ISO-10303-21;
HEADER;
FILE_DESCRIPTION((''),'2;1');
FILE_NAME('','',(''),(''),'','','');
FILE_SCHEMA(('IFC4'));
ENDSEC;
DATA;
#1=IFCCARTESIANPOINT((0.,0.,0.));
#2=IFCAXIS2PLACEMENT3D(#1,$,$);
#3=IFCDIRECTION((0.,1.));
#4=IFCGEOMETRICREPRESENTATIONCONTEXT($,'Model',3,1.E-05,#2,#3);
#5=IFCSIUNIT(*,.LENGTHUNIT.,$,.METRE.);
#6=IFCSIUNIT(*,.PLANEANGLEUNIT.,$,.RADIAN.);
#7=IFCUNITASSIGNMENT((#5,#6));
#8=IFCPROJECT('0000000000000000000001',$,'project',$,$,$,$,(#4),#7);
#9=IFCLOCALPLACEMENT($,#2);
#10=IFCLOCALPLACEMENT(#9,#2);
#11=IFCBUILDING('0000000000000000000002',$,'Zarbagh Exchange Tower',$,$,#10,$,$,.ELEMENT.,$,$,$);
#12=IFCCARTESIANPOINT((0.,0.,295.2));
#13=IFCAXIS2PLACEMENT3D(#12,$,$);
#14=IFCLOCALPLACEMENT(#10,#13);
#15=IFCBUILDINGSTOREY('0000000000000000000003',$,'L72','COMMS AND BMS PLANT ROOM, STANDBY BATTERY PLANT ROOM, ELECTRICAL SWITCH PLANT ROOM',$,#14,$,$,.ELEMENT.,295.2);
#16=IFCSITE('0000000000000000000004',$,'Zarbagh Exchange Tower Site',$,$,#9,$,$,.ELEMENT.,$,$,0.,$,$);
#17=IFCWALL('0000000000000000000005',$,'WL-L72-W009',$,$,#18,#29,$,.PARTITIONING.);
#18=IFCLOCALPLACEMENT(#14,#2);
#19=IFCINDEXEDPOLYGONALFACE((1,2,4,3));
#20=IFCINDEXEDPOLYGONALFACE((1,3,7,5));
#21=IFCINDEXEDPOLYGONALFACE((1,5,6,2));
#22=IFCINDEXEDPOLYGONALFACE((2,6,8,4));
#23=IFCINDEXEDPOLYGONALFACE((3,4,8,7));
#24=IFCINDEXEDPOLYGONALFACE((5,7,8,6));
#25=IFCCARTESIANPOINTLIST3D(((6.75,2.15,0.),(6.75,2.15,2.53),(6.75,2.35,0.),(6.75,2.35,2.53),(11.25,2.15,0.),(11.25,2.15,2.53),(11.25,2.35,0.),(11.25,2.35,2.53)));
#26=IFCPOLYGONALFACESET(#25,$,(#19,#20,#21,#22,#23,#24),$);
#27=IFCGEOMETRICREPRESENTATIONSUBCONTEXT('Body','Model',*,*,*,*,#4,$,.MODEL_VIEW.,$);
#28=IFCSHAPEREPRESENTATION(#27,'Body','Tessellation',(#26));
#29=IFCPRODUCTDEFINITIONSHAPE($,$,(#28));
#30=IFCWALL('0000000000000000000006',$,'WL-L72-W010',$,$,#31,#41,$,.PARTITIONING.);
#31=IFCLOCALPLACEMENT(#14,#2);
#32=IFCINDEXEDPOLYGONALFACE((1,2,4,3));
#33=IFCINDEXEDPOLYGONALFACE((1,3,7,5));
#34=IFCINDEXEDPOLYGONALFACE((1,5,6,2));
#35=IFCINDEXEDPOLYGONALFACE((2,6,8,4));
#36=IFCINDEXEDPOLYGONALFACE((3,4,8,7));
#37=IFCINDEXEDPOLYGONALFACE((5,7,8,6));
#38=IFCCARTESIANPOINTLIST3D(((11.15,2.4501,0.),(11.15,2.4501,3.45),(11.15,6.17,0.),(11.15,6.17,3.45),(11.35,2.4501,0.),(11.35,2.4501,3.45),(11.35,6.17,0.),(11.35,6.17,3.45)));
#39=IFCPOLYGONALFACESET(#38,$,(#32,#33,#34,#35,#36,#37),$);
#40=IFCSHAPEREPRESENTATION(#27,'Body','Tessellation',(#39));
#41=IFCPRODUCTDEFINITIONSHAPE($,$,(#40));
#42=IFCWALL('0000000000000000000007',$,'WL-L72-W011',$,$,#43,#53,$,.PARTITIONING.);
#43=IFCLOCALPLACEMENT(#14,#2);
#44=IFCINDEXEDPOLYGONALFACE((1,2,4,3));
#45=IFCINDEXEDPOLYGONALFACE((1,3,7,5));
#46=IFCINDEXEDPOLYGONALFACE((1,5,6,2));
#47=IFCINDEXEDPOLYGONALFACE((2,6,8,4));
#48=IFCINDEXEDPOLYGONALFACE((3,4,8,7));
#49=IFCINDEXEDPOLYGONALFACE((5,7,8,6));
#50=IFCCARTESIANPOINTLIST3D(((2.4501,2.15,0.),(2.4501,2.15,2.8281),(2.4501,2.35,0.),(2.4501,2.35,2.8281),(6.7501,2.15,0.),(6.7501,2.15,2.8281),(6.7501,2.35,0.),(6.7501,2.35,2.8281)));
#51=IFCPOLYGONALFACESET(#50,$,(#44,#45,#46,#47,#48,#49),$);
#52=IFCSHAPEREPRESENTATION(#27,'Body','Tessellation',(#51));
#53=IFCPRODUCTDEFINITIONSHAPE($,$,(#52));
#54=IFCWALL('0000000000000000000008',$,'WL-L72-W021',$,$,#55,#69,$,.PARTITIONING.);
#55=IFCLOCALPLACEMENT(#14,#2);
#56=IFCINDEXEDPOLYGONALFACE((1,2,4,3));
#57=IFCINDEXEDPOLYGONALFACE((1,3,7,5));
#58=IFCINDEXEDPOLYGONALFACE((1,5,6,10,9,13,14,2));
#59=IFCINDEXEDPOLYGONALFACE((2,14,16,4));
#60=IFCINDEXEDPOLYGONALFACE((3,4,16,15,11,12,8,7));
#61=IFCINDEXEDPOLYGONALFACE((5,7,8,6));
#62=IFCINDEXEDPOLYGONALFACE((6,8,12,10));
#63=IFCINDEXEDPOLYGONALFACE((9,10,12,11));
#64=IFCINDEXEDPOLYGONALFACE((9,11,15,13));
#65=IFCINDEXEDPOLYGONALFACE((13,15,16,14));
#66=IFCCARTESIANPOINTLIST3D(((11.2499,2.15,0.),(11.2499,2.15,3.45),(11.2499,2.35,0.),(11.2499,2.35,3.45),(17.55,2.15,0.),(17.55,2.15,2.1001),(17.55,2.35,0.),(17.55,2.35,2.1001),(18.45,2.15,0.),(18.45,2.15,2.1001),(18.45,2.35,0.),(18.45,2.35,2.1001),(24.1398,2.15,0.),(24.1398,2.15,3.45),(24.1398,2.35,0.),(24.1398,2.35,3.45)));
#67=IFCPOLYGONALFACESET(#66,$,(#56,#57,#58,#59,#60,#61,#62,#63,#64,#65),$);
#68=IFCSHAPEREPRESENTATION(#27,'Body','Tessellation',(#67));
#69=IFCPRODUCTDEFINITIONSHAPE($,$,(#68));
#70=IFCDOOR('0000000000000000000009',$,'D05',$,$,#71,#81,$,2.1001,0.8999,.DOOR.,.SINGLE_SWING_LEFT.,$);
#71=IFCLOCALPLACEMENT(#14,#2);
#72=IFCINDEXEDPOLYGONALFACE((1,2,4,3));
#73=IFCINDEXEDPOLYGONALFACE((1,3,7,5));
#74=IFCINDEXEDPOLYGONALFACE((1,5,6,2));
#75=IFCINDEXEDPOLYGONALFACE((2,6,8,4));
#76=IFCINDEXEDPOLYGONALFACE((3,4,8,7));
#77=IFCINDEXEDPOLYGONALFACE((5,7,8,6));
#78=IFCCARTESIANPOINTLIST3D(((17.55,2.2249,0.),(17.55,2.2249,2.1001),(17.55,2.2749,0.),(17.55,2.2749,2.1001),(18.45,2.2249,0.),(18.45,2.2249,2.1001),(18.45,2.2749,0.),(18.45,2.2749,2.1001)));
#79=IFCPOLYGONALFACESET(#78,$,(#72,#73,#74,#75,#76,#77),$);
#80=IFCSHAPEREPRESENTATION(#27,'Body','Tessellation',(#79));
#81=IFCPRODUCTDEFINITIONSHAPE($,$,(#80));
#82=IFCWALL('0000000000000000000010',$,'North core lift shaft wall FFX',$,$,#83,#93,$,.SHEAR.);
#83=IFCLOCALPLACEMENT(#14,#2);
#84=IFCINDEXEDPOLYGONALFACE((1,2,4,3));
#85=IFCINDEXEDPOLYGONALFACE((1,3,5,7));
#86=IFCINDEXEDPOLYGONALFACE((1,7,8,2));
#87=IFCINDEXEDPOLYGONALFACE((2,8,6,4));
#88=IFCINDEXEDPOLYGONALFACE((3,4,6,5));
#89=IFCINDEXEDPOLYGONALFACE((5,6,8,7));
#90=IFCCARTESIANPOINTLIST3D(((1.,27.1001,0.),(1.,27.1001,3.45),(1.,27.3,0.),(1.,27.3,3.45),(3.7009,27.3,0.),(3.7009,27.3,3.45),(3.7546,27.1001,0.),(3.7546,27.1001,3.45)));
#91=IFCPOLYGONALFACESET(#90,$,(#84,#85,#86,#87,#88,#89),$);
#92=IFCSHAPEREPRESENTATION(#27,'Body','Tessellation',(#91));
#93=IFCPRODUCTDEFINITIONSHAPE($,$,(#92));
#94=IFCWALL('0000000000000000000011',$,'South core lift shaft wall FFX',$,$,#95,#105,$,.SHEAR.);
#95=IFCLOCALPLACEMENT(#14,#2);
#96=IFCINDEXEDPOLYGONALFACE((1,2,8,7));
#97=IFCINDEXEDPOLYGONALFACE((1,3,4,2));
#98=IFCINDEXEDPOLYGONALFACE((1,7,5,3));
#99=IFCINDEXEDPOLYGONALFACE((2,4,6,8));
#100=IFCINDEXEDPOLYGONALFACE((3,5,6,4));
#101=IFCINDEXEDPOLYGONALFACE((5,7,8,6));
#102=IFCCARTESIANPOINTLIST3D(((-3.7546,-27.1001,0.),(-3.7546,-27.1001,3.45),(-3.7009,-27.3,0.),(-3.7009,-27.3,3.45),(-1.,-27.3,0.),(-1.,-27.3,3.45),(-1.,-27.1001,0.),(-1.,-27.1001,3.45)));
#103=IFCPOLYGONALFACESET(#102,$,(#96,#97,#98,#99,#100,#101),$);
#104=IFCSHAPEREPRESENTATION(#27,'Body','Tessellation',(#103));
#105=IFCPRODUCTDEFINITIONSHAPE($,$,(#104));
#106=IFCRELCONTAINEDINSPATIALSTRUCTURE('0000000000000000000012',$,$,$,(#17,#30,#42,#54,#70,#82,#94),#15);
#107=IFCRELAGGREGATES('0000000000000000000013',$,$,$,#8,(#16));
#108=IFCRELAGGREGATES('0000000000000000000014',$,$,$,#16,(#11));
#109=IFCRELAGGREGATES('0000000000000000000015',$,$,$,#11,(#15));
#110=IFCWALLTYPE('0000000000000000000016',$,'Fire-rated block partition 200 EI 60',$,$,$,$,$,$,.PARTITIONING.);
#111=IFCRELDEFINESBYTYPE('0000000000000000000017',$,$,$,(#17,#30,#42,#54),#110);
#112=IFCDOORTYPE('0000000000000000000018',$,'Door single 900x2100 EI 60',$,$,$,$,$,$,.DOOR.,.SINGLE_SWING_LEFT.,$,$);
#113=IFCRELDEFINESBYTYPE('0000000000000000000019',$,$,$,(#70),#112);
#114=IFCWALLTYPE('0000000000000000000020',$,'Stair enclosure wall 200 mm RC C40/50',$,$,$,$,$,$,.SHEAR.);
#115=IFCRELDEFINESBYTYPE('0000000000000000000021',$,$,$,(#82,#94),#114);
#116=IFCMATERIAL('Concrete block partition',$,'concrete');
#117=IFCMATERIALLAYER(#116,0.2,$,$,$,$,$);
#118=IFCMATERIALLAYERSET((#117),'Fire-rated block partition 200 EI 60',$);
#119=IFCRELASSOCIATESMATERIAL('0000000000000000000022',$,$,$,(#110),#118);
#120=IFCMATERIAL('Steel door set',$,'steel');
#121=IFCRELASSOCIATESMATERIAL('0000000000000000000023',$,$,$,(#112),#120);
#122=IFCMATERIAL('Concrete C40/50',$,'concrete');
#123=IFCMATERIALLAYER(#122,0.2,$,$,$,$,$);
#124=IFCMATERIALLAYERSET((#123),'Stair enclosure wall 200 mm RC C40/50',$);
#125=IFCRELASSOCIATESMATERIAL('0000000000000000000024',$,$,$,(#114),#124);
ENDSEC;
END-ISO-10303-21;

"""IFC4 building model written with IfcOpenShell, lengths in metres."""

from ifc_helpers import new_model, si_unit, direction, frame, frame_2d, origin, place, context, subcontext, project, spatial, polyline, rectangle, outline, extrude, material, layer, layer_set, type_object, element, fill, save


model = new_model("IFC4")

# Units and contexts
model_context = context("Model", 3, precision=1e-05, world=origin(), true_north=direction((0.0, 1.0)))
body_context = subcontext(model_context, "Body", "Model", "MODEL_VIEW")
ifc_project = project(units=[si_unit("LENGTHUNIT", "METRE"), si_unit("PLANEANGLEUNIT", "RADIAN")], contexts=[model_context])

# Site, building, storey
site_placement = place(None, origin())
site = spatial("IfcSite", under=ifc_project, at=site_placement, Name="Zarbagh Exchange Tower Site", CompositionType="ELEMENT", RefElevation=0.0)
building_placement = place(site_placement, origin())
building = spatial("IfcBuilding", under=site, at=building_placement, Name="Zarbagh Exchange Tower", CompositionType="ELEMENT")
storey_placement = place(building_placement, frame((0.0, 0.0, 295.2)))
storey = spatial("IfcBuildingStorey", under=building, at=storey_placement, Name="L72", Description="COMMS AND BMS PLANT ROOM, STANDBY BATTERY PLANT ROOM, ELECTRICAL SWITCH PLANT ROOM", CompositionType="ELEMENT", Elevation=295.2)

# Shared definitions
ifc_material_1 = material(Name="Concrete C40/50", Category="concrete")

# Walls
ifc_material_2 = material(Name="Concrete block partition", Category="concrete")
ifc_layer_1 = layer(ifc_material_2, 0.2)
ifc_layer_set_1 = layer_set([ifc_layer_1], Name="Fire-rated block partition 200 EI 60")
wall_type_1 = type_object("IfcWallType", Name="Fire-rated block partition 200 EI 60", PredefinedType="PARTITIONING", material=ifc_layer_set_1)
wall_1_placement = place(storey_placement, frame((11.25, 2.25, 0.0), z_axis=(0.0, 0.0, 1.0), x_axis=(-1.0, 0.0, 0.0)))
element("IfcWall", 1, at=wall_1_placement, inside=storey, type_object=wall_type_1, Name="WL-L72-W009", PredefinedType="PARTITIONING", context=body_context, shape_type="SweptSolid", body=[
    extrude(rectangle(XDim=4.5, YDim=0.2, at=frame_2d((2.25, 0.0))), origin(), (0.0, 0.0, 1.0), 2.53),
])
wall_2_placement = place(storey_placement, frame((11.25, 6.1699, 0.0), z_axis=(0.0, 0.0, 1.0), x_axis=(0.0, -1.0, 0.0)))
element("IfcWall", 2, at=wall_2_placement, inside=storey, type_object=wall_type_1, Name="WL-L72-W010", PredefinedType="PARTITIONING", context=body_context, shape_type="SweptSolid", body=[
    extrude(rectangle(XDim=3.72, YDim=0.2, at=frame_2d((1.8599, 0.0))), origin(), (0.0, 0.0, 1.0), 3.45),
])
wall_3_placement = place(storey_placement, frame((6.75, 2.25, 0.0), z_axis=(0.0, 0.0, 1.0), x_axis=(-1.0, 0.0, 0.0)))
element("IfcWall", 3, at=wall_3_placement, inside=storey, type_object=wall_type_1, Name="WL-L72-W011", PredefinedType="PARTITIONING", context=body_context, shape_type="SweptSolid", body=[
    extrude(rectangle(XDim=4.3, YDim=0.2, at=frame_2d((2.1499, 0.0))), origin(), (0.0, 0.0, 1.0), 2.8281),
])

# Wall, opening, door
wall_4_placement = place(storey_placement, frame((11.25, 2.25, 0.0), z_axis=(0.0, 0.0, 1.0), x_axis=(1.0, 0.0, 0.0)))
wall_4 = element("IfcWall", 4, at=wall_4_placement, inside=storey, type_object=wall_type_1, Name="WL-L72-W021", PredefinedType="PARTITIONING", context=body_context, shape_type="SweptSolid", body=[
    extrude(rectangle(XDim=12.8899, YDim=0.2, at=frame_2d((6.4448, 0.0))), origin(), (0.0, 0.0, 1.0), 3.45),
])
opening_placement = place(wall_4_placement, frame((6.3, 0.0, 0.0)))
opening = element("IfcOpeningElement", 5, at=opening_placement, cuts=wall_4, PredefinedType="OPENING", context=body_context, shape_type="SweptSolid", body=[
    extrude(rectangle(XDim=0.8999, YDim=2.1001, at=frame_2d((0.45, 1.05))), frame((0.0, 0.1099, 0.0), z_axis=(0.0, -1.0, 0.0), x_axis=(1.0, 0.0, 0.0)), (0.0, 0.0, 1.0), 0.22),
])
ifc_material_3 = material(Name="Steel door set", Category="steel")
door_type = type_object("IfcDoorType", Name="Door single 900x2100 EI 60", OperationType="SINGLE_SWING_LEFT", PredefinedType="DOOR", material=ifc_material_3)
door_placement = place(opening_placement, origin())
door = element("IfcDoor", 6, at=door_placement, inside=storey, type_object=door_type, Name="D05", OperationType="SINGLE_SWING_LEFT", OverallHeight=2.1001, OverallWidth=0.8999, PredefinedType="DOOR", context=body_context, shape_type="SweptSolid", body=[
    extrude(rectangle(XDim=0.8999, YDim=2.1001, at=frame_2d((0.45, 1.05))), frame((0.0, 0.0249, 0.0), z_axis=(0.0, -1.0, 0.0), x_axis=(1.0, 0.0, 0.0)), (0.0, 0.0, 1.0), 0.05),
])
fill(opening, door)

# Walls
ifc_layer_2 = layer(ifc_material_1, 0.2)
ifc_layer_set_2 = layer_set([ifc_layer_2], Name="Stair enclosure wall 200 mm RC C40/50")
wall_type_2 = type_object("IfcWallType", Name="Stair enclosure wall 200 mm RC C40/50", PredefinedType="SHEAR", material=ifc_layer_set_2)
wall_5_placement = place(storey_placement, origin())
element("IfcWall", 7, at=wall_5_placement, inside=storey, type_object=wall_type_2, Name="North core lift shaft wall FFX", PredefinedType="SHEAR", context=body_context, shape_type="SweptSolid", body=[
    extrude(outline(polyline([(1.0, 27.1001), (3.7546, 27.1001), (3.7009, 27.3), (1.0, 27.3), (1.0, 27.1001)])), origin(), (0.0, 0.0, 1.0), 3.45),
])
wall_6_placement = place(storey_placement, origin())
element("IfcWall", 8, at=wall_6_placement, inside=storey, type_object=wall_type_2, Name="South core lift shaft wall FFX", PredefinedType="SHEAR", context=body_context, shape_type="SweptSolid", body=[
    extrude(outline(polyline([(-1.0, -27.1001), (-3.7546, -27.1001), (-3.7009, -27.3), (-1.0, -27.3), (-1.0, -27.1001)])), origin(), (0.0, 0.0, 1.0), 3.45),
])

save(model, "model.ifc")
